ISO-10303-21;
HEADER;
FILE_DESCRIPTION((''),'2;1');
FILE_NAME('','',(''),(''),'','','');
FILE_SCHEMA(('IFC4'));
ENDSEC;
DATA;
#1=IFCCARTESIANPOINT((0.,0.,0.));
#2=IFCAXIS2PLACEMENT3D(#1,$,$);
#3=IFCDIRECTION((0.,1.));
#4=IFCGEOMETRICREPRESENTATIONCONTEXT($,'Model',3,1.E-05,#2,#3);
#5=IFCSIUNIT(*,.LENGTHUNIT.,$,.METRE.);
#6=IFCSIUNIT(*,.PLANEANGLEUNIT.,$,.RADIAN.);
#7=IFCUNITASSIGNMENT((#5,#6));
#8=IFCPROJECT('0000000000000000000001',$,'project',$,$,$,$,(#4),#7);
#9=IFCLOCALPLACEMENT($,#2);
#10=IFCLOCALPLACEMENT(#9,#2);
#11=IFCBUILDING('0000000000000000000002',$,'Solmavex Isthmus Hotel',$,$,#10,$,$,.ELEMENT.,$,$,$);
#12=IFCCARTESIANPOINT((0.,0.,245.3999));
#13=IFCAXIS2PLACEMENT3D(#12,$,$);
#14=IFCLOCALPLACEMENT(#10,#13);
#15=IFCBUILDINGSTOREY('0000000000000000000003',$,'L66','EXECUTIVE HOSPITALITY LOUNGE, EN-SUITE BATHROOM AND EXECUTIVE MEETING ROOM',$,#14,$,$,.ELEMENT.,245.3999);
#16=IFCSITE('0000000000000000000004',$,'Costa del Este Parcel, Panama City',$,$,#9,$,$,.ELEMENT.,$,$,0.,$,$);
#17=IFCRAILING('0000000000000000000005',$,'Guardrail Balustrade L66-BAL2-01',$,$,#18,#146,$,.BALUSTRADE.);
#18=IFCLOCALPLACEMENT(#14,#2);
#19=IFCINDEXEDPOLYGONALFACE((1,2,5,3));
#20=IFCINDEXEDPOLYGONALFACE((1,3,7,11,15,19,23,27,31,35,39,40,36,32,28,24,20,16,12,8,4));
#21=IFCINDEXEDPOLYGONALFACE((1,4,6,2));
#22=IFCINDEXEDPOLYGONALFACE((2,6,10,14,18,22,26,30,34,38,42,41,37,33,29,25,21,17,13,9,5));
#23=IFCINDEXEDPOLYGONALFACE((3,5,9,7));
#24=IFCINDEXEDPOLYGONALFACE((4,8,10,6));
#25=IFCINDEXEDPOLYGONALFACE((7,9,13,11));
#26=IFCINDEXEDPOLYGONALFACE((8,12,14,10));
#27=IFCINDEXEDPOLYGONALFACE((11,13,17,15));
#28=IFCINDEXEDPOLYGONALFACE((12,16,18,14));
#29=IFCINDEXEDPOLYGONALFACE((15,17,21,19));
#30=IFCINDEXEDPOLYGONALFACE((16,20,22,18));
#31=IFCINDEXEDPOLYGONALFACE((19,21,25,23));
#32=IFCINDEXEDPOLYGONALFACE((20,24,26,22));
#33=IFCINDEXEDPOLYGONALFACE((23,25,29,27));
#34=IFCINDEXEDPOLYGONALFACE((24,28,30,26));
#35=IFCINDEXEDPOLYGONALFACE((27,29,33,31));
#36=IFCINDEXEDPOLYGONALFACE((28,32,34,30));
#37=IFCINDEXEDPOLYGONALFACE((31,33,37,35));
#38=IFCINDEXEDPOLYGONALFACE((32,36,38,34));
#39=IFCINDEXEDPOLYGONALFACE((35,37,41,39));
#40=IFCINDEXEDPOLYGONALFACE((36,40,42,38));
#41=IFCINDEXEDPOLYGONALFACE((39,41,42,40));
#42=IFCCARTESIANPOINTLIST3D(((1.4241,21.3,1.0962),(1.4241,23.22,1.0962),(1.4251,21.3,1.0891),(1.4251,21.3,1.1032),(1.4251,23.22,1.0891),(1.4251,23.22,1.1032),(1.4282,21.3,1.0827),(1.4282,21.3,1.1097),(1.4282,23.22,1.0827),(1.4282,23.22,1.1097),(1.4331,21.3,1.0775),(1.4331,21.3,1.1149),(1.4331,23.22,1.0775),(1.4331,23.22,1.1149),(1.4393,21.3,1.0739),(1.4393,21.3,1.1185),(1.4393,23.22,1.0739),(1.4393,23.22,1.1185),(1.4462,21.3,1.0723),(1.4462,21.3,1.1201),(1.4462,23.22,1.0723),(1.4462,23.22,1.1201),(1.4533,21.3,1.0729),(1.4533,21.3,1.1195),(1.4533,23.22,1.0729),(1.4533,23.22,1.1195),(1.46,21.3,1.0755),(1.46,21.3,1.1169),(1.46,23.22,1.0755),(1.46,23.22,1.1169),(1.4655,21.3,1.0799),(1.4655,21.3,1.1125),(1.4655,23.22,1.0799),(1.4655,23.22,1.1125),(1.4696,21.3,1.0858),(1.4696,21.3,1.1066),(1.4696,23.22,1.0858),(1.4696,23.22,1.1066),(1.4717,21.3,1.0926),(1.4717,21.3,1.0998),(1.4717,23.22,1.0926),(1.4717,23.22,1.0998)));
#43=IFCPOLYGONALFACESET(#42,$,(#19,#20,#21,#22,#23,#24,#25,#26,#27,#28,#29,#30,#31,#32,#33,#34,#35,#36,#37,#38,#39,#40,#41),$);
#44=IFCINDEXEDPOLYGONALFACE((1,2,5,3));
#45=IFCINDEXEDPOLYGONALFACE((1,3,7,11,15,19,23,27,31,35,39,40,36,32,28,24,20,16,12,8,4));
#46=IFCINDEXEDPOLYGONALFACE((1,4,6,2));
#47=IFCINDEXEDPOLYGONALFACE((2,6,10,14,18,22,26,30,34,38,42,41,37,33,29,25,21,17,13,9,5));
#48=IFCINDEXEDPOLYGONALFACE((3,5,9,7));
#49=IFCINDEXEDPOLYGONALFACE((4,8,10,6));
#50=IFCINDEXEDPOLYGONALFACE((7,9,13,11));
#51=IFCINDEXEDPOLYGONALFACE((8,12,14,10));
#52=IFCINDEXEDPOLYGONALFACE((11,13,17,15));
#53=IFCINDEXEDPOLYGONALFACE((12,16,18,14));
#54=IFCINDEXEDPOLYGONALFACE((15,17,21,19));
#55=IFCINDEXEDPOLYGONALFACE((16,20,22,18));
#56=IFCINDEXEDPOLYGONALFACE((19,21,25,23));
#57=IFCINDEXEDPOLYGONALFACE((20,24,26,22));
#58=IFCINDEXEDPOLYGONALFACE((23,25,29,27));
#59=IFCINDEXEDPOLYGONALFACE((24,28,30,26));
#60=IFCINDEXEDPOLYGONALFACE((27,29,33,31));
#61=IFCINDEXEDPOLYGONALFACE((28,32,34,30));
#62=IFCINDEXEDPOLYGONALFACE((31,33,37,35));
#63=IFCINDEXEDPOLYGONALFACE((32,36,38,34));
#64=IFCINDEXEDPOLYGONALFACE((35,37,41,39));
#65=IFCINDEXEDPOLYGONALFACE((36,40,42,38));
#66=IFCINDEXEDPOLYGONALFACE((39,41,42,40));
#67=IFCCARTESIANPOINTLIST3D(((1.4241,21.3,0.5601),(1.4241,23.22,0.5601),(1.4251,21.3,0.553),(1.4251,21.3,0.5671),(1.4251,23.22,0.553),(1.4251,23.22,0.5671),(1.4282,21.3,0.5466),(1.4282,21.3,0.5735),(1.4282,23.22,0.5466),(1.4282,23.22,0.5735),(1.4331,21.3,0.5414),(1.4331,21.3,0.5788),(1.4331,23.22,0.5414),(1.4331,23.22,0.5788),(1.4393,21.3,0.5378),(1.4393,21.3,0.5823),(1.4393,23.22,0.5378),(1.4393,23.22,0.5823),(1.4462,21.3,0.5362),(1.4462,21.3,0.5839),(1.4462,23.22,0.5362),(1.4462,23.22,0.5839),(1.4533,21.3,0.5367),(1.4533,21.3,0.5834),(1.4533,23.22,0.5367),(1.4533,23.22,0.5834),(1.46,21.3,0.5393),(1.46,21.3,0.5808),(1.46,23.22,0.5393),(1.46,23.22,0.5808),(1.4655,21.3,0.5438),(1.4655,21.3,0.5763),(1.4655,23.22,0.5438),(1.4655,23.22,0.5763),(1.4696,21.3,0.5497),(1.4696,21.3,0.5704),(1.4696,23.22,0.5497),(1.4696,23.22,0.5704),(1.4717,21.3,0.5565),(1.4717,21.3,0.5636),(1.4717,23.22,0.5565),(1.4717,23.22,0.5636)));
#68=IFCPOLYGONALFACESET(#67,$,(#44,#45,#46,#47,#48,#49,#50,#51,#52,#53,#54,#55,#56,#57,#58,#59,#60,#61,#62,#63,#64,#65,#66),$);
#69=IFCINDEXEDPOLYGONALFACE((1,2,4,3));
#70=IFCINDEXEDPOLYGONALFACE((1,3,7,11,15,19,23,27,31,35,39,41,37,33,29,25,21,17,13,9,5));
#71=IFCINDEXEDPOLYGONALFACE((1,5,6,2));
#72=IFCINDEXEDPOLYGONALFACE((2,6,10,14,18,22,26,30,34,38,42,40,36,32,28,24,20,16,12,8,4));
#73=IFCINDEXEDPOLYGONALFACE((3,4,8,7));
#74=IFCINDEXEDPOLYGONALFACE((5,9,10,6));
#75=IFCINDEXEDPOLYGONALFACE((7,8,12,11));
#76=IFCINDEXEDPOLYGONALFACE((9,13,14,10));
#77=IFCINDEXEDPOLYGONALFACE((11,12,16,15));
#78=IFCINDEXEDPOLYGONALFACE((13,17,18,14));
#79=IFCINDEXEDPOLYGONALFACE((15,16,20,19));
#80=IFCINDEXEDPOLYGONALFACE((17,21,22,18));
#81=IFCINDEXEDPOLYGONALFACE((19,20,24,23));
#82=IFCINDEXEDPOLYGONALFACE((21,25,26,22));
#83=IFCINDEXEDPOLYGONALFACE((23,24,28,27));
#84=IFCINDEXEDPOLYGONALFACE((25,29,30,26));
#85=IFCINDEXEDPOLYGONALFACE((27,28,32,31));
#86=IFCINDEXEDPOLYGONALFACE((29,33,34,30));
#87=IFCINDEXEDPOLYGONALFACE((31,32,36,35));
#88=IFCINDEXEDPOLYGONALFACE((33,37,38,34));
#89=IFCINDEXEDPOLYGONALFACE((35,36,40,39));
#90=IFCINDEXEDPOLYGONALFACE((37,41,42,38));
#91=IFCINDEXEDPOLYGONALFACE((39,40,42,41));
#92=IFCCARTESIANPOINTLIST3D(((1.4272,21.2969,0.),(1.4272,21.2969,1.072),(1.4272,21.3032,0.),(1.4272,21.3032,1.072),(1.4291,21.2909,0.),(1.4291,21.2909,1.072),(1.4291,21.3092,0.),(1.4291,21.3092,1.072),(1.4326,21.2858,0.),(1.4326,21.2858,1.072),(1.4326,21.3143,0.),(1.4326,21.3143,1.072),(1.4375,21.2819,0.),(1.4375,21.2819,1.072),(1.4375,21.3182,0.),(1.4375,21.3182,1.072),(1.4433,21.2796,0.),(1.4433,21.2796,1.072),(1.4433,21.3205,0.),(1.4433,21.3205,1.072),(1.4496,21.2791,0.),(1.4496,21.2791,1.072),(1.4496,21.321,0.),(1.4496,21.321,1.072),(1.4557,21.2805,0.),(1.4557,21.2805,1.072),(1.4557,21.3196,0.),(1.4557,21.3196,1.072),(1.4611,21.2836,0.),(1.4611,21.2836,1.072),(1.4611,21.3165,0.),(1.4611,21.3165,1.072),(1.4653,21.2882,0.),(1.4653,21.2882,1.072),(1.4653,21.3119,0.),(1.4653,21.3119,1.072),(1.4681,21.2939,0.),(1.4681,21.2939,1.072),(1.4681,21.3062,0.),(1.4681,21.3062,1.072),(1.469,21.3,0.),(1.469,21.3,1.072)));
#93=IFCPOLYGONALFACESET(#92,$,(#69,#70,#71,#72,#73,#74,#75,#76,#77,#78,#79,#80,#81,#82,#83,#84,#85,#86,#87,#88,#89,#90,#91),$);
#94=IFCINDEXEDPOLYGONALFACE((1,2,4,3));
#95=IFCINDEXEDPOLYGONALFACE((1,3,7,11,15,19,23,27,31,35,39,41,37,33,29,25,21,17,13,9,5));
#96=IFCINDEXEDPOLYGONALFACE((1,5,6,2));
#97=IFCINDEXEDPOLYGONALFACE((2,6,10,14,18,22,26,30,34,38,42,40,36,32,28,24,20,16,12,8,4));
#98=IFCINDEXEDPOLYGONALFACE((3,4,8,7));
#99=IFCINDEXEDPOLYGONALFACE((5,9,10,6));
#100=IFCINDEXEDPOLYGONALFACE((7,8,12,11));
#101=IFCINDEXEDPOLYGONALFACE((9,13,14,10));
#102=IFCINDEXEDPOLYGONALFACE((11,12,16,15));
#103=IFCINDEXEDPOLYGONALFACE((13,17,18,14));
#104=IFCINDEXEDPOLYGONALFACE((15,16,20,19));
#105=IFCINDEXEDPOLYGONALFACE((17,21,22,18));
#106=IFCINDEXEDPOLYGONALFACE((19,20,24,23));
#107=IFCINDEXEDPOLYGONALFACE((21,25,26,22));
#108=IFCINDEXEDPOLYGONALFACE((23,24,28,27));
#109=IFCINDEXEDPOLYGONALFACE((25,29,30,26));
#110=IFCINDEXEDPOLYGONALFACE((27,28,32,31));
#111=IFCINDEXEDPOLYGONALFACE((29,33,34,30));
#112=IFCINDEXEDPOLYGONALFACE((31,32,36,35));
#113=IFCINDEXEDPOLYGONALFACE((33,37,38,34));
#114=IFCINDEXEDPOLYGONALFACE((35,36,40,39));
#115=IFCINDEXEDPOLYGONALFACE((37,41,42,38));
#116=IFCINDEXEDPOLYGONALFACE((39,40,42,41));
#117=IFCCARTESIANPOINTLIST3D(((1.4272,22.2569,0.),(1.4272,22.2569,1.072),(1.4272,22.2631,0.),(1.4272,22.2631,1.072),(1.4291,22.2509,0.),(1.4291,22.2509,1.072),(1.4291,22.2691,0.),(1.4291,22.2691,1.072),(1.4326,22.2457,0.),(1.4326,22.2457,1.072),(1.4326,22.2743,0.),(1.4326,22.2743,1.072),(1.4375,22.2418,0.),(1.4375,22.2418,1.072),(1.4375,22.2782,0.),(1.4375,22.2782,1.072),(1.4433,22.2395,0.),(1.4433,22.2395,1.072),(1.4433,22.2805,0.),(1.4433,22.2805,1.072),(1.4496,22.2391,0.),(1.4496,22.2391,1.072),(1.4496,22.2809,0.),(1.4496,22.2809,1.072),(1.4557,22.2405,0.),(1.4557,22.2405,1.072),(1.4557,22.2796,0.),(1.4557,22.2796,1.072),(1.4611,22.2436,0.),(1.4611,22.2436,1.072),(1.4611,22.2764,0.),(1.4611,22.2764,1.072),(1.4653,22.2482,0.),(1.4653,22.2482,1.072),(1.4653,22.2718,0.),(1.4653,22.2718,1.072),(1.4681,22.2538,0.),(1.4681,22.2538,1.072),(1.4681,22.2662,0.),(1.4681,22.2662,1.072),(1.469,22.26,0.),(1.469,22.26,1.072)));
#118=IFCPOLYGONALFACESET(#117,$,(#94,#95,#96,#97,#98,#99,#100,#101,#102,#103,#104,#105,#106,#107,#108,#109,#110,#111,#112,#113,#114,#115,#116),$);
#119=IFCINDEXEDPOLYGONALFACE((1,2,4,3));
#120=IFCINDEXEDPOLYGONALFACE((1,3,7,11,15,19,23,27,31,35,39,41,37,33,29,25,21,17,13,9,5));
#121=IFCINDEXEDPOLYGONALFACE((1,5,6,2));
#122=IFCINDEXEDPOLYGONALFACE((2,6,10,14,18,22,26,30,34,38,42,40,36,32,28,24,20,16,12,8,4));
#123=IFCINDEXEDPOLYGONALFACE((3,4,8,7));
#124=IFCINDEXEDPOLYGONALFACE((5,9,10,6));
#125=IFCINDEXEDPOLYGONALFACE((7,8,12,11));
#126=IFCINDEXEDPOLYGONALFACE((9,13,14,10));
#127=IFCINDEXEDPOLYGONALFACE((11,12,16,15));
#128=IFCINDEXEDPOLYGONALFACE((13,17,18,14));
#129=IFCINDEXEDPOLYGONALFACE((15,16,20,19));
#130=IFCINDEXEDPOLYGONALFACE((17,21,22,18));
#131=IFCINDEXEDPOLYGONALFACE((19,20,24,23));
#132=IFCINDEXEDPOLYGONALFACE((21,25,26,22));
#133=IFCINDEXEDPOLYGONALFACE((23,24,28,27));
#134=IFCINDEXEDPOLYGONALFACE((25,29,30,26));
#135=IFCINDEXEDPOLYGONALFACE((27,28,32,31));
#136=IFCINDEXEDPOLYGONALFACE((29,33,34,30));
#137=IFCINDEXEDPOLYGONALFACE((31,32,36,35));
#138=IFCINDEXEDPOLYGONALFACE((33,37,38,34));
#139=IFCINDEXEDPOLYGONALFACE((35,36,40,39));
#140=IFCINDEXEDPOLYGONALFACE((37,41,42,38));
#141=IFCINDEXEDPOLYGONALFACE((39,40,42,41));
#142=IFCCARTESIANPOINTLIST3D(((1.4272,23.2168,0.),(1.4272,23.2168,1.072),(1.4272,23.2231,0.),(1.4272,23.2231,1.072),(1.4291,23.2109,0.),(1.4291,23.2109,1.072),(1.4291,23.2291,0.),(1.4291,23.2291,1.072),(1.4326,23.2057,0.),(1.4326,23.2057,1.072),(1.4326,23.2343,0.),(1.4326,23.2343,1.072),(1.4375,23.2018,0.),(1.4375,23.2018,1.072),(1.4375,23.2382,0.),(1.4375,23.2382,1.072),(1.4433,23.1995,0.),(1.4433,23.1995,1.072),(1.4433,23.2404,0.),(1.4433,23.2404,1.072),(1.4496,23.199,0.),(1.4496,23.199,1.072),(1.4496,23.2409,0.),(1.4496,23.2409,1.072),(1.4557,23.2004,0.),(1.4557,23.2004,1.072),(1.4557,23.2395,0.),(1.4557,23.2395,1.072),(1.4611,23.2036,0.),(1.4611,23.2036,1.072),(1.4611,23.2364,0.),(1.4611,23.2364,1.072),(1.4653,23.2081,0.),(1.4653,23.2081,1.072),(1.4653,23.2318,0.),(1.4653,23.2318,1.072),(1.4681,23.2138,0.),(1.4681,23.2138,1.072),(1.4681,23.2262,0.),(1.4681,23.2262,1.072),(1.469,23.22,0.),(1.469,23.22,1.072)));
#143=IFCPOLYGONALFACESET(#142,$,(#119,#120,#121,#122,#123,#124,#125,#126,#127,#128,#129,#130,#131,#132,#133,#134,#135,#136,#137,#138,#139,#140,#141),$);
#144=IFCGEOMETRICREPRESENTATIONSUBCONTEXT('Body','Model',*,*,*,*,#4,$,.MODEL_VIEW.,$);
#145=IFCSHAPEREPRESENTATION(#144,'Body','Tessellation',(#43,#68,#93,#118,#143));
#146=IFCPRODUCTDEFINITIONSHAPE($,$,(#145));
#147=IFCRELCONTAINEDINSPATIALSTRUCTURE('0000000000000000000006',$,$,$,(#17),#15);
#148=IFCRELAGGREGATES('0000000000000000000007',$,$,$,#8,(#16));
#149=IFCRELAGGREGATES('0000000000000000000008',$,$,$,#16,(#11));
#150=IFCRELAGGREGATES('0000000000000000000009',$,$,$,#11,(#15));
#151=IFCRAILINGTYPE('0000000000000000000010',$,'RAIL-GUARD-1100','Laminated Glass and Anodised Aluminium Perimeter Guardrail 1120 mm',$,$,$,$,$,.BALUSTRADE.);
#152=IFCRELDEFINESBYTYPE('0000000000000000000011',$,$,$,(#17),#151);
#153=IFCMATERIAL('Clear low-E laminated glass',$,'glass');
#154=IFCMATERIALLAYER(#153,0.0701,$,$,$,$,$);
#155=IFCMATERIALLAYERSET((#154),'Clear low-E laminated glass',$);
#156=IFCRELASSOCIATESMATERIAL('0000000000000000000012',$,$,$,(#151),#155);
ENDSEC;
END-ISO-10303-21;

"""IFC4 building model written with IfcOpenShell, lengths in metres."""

from ifc_helpers import new_model, si_unit, direction, frame, origin, origin_2d, place, context, subcontext, project, spatial, circle, extrude, material, layer, layer_set, type_object, element, save


model = new_model("IFC4")

# Units and contexts
model_context = context("Model", 3, precision=1e-05, world=origin(), true_north=direction((0.0, 1.0)))
body_context = subcontext(model_context, "Body", "Model", "MODEL_VIEW")
ifc_project = project(units=[si_unit("LENGTHUNIT", "METRE"), si_unit("PLANEANGLEUNIT", "RADIAN")], contexts=[model_context])

# Site, building, storey
site_placement = place(None, origin())
site = spatial("IfcSite", under=ifc_project, at=site_placement, Name="Costa del Este Parcel, Panama City", CompositionType="ELEMENT", RefElevation=0.0)
building_placement = place(site_placement, origin())
building = spatial("IfcBuilding", under=site, at=building_placement, Name="Solmavex Isthmus Hotel", CompositionType="ELEMENT")
storey_placement = place(building_placement, frame((0.0, 0.0, 245.3999)))
storey = spatial("IfcBuildingStorey", under=building, at=storey_placement, Name="L66", Description="EXECUTIVE HOSPITALITY LOUNGE, EN-SUITE BATHROOM AND EXECUTIVE MEETING ROOM", CompositionType="ELEMENT", Elevation=245.3999)

# Shared definitions
ifc_material_1 = material(Name="Clear low-E laminated glass", Category="glass")

# Railing
ifc_layer_1 = layer(ifc_material_1, 0.0701)
ifc_layer_set_1 = layer_set([ifc_layer_1], Name="Clear low-E laminated glass")
railing_type = type_object("IfcRailingType", Name="RAIL-GUARD-1100", Description="Laminated Glass and Anodised Aluminium Perimeter Guardrail 1120 mm", PredefinedType="BALUSTRADE", material=ifc_layer_set_1)
railing_1_placement = place(storey_placement, frame((1.448, 21.3, 0.0)))
element("IfcRailing", 1, at=railing_1_placement, inside=storey, type_object=railing_type, Name="Guardrail Balustrade L66-BAL2-01", PredefinedType="BALUSTRADE", context=body_context, shape_type="SweptSolid", body=[
    extrude(circle(Radius=0.0239, at=origin_2d()), frame((0.0, 0.0, 1.0962), z_axis=(0.0, 1.0, 0.0), x_axis=(-1.0, 0.0, 0.0)), (0.0, 0.0, 1.0), 1.9199),
    extrude(circle(Radius=0.0239, at=origin_2d()), frame((0.0, 0.0, 0.5601), z_axis=(0.0, 1.0, 0.0), x_axis=(-1.0, 0.0, 0.0)), (0.0, 0.0, 1.0), 1.9199),
    extrude(circle(Radius=0.021, at=origin_2d()), origin(), (0.0, 0.0, 1.0), 1.072),
    extrude(circle(Radius=0.021, at=origin_2d()), frame((0.0, 0.96, 0.0)), (0.0, 0.0, 1.0), 1.072),
    extrude(circle(Radius=0.021, at=origin_2d()), frame((0.0, 1.9199, 0.0)), (0.0, 0.0, 1.0), 1.072),
])

save(model, "model.ifc")
